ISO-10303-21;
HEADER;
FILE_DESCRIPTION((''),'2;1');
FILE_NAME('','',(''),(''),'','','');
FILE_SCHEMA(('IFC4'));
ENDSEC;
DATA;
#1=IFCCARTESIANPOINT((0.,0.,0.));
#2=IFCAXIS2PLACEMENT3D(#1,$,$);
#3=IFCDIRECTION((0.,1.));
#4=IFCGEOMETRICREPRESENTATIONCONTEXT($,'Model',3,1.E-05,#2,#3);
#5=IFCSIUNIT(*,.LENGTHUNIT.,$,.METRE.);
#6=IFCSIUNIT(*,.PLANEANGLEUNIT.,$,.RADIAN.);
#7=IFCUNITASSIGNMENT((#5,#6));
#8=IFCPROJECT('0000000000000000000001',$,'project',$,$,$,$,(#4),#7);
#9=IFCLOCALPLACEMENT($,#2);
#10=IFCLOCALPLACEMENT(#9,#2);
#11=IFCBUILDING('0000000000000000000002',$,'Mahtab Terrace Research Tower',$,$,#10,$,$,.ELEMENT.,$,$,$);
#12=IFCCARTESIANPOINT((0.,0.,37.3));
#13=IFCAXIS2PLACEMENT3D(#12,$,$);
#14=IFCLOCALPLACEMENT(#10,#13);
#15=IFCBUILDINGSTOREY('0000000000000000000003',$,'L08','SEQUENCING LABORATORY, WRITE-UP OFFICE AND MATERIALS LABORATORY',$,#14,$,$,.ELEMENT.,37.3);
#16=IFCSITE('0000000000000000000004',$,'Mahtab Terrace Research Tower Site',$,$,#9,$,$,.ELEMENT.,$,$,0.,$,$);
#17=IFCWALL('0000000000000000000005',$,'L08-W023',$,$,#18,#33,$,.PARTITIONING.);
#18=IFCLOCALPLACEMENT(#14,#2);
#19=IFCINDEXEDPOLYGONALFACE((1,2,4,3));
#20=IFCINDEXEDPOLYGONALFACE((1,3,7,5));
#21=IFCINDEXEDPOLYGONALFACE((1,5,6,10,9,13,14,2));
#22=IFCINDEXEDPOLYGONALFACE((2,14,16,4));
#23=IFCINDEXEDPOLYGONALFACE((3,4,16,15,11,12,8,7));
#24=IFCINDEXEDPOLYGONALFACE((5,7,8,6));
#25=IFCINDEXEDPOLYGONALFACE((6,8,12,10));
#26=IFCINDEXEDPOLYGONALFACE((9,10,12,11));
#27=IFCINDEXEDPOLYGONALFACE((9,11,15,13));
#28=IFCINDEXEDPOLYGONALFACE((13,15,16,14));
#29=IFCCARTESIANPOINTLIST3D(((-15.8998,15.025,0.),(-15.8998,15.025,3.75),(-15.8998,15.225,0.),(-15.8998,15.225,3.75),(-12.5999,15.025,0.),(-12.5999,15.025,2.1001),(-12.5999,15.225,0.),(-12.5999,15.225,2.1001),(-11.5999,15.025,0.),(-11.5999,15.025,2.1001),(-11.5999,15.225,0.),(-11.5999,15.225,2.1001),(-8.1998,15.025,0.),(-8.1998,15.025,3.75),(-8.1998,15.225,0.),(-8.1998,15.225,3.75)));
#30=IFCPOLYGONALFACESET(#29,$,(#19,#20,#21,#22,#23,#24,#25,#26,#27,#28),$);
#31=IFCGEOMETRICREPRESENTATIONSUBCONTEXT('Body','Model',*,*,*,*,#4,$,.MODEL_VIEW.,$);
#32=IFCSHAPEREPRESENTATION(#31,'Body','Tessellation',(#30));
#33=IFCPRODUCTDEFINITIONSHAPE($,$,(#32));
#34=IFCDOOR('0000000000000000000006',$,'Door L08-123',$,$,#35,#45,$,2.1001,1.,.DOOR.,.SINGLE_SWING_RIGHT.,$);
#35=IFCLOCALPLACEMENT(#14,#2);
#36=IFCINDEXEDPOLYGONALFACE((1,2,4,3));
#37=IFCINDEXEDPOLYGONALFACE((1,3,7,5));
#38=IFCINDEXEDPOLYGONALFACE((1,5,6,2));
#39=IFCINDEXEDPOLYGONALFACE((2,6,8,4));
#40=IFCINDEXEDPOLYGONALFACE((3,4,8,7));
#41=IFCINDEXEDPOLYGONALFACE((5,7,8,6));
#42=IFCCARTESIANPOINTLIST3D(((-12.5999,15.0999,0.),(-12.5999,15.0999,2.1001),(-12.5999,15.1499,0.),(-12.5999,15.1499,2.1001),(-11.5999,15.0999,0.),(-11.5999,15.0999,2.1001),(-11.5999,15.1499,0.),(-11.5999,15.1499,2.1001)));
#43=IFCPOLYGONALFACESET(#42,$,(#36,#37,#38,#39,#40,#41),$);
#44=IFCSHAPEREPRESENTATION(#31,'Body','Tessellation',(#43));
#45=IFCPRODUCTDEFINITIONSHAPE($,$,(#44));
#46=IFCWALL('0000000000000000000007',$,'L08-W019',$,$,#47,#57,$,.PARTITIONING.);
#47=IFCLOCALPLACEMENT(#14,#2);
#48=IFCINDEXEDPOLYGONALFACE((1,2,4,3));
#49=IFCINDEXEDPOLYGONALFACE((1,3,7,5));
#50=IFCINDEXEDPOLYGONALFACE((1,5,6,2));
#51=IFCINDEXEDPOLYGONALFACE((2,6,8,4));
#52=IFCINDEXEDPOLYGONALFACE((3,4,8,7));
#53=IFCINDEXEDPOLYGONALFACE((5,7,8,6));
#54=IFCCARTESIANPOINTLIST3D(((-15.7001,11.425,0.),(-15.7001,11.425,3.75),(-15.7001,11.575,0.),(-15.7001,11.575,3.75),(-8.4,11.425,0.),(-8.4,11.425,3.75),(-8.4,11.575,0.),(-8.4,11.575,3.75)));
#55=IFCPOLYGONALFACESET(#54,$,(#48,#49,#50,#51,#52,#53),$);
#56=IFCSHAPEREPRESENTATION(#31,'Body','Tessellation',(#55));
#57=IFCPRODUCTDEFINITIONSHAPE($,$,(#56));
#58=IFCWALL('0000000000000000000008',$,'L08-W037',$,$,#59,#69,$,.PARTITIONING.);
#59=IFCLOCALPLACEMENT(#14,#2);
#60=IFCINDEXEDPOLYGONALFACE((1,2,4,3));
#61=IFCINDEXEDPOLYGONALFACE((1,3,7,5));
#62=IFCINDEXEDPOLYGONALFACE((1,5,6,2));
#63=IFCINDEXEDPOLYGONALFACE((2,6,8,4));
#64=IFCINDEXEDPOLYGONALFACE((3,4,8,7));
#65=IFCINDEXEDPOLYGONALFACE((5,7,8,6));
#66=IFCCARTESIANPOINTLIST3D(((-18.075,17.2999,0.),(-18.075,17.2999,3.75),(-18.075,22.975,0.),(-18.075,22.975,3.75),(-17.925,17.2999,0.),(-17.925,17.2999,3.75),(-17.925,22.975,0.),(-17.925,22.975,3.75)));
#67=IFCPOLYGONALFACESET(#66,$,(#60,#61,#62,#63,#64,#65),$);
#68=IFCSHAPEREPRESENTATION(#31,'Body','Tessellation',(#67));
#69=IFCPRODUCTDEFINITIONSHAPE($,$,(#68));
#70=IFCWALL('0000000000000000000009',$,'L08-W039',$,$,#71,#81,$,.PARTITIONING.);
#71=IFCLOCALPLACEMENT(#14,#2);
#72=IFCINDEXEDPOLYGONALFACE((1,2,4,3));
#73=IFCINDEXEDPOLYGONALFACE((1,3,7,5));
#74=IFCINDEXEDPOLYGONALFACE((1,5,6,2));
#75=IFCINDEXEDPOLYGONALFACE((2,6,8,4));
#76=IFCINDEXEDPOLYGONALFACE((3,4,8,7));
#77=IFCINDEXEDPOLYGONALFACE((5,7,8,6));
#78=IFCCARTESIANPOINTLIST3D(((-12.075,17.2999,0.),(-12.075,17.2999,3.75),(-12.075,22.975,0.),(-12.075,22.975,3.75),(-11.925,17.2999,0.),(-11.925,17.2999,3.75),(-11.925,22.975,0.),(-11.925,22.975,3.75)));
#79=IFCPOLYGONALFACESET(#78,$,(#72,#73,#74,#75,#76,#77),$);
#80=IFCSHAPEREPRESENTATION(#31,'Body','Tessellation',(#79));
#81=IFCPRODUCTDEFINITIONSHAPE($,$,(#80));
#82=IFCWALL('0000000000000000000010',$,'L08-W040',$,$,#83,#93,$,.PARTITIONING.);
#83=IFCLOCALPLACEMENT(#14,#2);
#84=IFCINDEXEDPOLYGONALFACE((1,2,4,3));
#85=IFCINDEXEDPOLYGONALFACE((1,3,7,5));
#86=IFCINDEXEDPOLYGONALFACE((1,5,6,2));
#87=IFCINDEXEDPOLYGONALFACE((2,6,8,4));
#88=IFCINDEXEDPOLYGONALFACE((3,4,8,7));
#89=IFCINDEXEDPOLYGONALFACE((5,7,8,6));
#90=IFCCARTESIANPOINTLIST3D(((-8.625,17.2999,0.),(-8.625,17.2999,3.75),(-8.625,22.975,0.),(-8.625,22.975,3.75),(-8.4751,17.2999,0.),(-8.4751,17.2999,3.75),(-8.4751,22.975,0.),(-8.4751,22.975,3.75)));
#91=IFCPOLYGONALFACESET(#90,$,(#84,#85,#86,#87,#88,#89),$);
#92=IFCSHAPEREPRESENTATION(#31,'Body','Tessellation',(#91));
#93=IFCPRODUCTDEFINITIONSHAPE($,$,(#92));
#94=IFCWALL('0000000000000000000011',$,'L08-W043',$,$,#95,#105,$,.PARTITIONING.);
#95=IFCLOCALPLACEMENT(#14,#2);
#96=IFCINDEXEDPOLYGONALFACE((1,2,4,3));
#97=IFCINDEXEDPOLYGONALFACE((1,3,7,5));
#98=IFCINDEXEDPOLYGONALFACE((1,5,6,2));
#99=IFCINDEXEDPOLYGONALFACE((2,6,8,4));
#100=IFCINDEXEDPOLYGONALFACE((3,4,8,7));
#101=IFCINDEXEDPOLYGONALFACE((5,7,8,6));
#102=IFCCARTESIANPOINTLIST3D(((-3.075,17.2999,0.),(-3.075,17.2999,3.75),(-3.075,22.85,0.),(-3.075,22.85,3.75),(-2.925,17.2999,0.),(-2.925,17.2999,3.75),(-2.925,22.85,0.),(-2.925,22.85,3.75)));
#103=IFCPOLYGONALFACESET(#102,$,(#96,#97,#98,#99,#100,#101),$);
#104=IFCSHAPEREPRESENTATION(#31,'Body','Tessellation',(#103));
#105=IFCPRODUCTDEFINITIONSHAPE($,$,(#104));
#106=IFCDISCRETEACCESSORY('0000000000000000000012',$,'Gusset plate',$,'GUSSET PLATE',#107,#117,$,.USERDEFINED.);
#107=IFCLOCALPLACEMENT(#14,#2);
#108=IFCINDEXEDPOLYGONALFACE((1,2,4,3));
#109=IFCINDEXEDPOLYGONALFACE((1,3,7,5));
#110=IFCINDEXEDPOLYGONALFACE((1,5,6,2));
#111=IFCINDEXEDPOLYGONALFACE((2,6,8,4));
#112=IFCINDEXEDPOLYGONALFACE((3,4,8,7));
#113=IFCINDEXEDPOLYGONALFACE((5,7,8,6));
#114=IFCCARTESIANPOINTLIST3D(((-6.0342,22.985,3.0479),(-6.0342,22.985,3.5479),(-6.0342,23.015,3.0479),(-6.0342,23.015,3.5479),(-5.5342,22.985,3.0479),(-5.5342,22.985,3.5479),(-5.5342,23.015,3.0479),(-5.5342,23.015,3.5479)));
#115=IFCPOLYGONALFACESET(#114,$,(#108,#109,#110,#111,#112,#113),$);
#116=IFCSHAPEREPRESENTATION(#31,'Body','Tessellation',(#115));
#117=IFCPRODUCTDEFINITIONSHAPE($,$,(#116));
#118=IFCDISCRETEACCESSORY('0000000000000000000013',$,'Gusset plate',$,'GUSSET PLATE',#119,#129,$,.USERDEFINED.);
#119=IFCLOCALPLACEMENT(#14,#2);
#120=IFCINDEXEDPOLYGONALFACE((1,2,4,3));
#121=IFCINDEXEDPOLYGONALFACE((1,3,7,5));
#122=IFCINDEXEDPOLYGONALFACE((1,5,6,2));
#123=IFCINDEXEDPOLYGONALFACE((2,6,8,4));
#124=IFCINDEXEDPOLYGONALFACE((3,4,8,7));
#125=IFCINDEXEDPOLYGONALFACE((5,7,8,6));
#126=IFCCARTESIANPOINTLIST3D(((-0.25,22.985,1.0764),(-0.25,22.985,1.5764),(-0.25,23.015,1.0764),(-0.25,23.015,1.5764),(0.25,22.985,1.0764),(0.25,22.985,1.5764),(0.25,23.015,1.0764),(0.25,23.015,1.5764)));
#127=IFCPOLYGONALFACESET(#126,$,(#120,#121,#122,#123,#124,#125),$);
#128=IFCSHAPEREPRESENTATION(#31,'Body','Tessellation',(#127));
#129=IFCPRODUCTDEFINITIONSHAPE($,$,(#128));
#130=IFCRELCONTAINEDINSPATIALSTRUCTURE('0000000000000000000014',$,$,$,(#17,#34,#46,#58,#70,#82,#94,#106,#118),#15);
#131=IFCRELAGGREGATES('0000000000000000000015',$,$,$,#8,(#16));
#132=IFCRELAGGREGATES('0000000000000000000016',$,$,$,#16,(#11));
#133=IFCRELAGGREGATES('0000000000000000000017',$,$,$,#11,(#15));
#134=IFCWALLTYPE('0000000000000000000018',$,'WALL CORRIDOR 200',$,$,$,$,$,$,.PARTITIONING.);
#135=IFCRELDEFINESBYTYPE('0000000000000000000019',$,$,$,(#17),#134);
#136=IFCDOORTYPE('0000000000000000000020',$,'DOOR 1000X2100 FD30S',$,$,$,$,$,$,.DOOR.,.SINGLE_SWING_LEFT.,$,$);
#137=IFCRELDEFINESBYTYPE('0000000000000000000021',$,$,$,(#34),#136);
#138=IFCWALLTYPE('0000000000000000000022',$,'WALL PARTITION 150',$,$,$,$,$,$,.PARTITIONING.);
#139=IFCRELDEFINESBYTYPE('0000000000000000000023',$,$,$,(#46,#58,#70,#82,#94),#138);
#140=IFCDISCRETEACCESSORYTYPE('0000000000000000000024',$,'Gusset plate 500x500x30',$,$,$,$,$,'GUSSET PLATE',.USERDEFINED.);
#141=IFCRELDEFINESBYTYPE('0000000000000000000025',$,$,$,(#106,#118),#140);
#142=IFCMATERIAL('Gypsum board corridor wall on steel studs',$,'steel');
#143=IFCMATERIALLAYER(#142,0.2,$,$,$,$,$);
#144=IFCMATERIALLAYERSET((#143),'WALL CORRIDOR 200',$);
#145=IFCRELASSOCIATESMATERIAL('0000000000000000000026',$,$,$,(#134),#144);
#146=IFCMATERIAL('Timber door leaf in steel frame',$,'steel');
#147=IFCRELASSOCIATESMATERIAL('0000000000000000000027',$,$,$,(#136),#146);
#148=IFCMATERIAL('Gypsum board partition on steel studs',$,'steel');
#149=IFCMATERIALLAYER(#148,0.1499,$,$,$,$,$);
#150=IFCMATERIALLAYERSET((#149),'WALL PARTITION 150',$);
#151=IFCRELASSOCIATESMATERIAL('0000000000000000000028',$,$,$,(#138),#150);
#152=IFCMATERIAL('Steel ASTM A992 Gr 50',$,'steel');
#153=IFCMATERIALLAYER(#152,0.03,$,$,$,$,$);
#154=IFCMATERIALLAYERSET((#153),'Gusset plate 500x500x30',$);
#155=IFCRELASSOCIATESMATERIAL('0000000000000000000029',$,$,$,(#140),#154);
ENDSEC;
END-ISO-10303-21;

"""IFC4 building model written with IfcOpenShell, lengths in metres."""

from ifc_helpers import new_model, si_unit, direction, frame, frame_2d, origin, origin_2d, place, context, subcontext, project, spatial, rectangle, extrude, material, layer, layer_set, type_object, element, fill, save


model = new_model("IFC4")

# Units and contexts
model_context = context("Model", 3, precision=1e-05, world=origin(), true_north=direction((0.0, 1.0)))
body_context = subcontext(model_context, "Body", "Model", "MODEL_VIEW")
ifc_project = project(units=[si_unit("LENGTHUNIT", "METRE"), si_unit("PLANEANGLEUNIT", "RADIAN")], contexts=[model_context])

# Site, building, storey
site_placement = place(None, origin())
site = spatial("IfcSite", under=ifc_project, at=site_placement, Name="Mahtab Terrace Research Tower Site", CompositionType="ELEMENT", RefElevation=0.0)
building_placement = place(site_placement, origin())
building = spatial("IfcBuilding", under=site, at=building_placement, Name="Mahtab Terrace Research Tower", CompositionType="ELEMENT")
storey_placement = place(building_placement, frame((0.0, 0.0, 37.3)))
storey = spatial("IfcBuildingStorey", under=building, at=storey_placement, Name="L08", Description="SEQUENCING LABORATORY, WRITE-UP OFFICE AND MATERIALS LABORATORY", CompositionType="ELEMENT", Elevation=37.3)

# Shared definitions
ifc_material_1 = material(Name="Steel ASTM A992 Gr 50", Category="steel")

# Wall, opening, door
ifc_material_2 = material(Name="Gypsum board corridor wall on steel studs", Category="steel")
ifc_layer_1 = layer(ifc_material_2, 0.2)
ifc_layer_set_1 = layer_set([ifc_layer_1], Name="WALL CORRIDOR 200")
wall_type_1 = type_object("IfcWallType", Name="WALL CORRIDOR 200", PredefinedType="PARTITIONING", material=ifc_layer_set_1)
wall_1_placement = place(storey_placement, frame((-15.8999, 15.125, 0.0), z_axis=(0.0, 0.0, 1.0), x_axis=(1.0, 0.0, 0.0)))
wall_1 = element("IfcWall", 1, at=wall_1_placement, inside=storey, type_object=wall_type_1, Name="L08-W023", PredefinedType="PARTITIONING", context=body_context, shape_type="SweptSolid", body=[
    extrude(rectangle(XDim=7.7, YDim=0.2, at=frame_2d((3.8501, 0.0))), origin(), (0.0, 0.0, 1.0), 3.75),
])
opening_1_placement = place(wall_1_placement, frame((3.3, 0.0, 0.0)))
opening_1 = element("IfcOpeningElement", 2, at=opening_1_placement, cuts=wall_1, PredefinedType="OPENING", context=body_context, shape_type="SweptSolid", body=[
    extrude(rectangle(XDim=1.0, YDim=2.1001, at=frame_2d((0.5, 1.05))), frame((0.0, 0.1099, 0.0), z_axis=(0.0, -1.0, 0.0), x_axis=(1.0, 0.0, 0.0)), (0.0, 0.0, 1.0), 0.22),
])
ifc_material_3 = material(Name="Timber door leaf in steel frame", Category="steel")
door_type_1 = type_object("IfcDoorType", Name="DOOR 1000X2100 FD30S", OperationType="SINGLE_SWING_LEFT", PredefinedType="DOOR", material=ifc_material_3)
door_1_placement = place(opening_1_placement, origin())
door_1 = element("IfcDoor", 3, at=door_1_placement, inside=storey, type_object=door_type_1, Name="Door L08-123", OperationType="SINGLE_SWING_RIGHT", OverallHeight=2.1001, OverallWidth=1.0, PredefinedType="DOOR", context=body_context, shape_type="SweptSolid", body=[
    extrude(rectangle(XDim=1.0, YDim=2.1001, at=frame_2d((0.5, 1.05))), frame((0.0, 0.0249, 0.0), z_axis=(0.0, -1.0, 0.0), x_axis=(1.0, 0.0, 0.0)), (0.0, 0.0, 1.0), 0.05),
])
fill(opening_1, door_1)

# Walls
ifc_material_4 = material(Name="Gypsum board partition on steel studs", Category="steel")
ifc_layer_2 = layer(ifc_material_4, 0.1499)
ifc_layer_set_2 = layer_set([ifc_layer_2], Name="WALL PARTITION 150")
wall_type_2 = type_object("IfcWallType", Name="WALL PARTITION 150", PredefinedType="PARTITIONING", material=ifc_layer_set_2)
wall_2_placement = place(storey_placement, frame((-15.7, 11.5, 0.0), z_axis=(0.0, 0.0, 1.0), x_axis=(1.0, 0.0, 0.0)))
element("IfcWall", 4, at=wall_2_placement, inside=storey, type_object=wall_type_2, Name="L08-W019", PredefinedType="PARTITIONING", context=body_context, shape_type="SweptSolid", body=[
    extrude(rectangle(XDim=7.3, YDim=0.1499, at=frame_2d((3.6499, 0.0))), origin(), (0.0, 0.0, 1.0), 3.75),
])
for number, where, z_axis, x_axis, name in (
    (5, (-18.0, 17.3, 0.0), (0.0, 0.0, 1.0), (0.0, 1.0, 0.0), "L08-W037"),
    (6, (-12.0, 17.3, 0.0), (0.0, 0.0, 1.0), (0.0, 1.0, 0.0), "L08-W039"),
    (7, (-8.55, 17.3, 0.0), (0.0, 0.0, 1.0), (0.0, 1.0, 0.0), "L08-W040"),
):
    element("IfcWall", number, at=place(storey_placement, frame(where, z_axis=z_axis, x_axis=x_axis)), inside=storey, type_object=wall_type_2, Name=name, PredefinedType="PARTITIONING", context=body_context, shape_type="SweptSolid", body=[
        extrude(rectangle(XDim=5.675, YDim=0.1499, at=frame_2d((2.8374, 0.0))), origin(), (0.0, 0.0, 1.0), 3.75),
    ])
wall_3_placement = place(storey_placement, frame((-3.0, 17.3, 0.0), z_axis=(0.0, 0.0, 1.0), x_axis=(0.0, 1.0, 0.0)))
element("IfcWall", 8, at=wall_3_placement, inside=storey, type_object=wall_type_2, Name="L08-W043", PredefinedType="PARTITIONING", context=body_context, shape_type="SweptSolid", body=[
    extrude(rectangle(XDim=5.55, YDim=0.1499, at=frame_2d((2.7749, 0.0))), origin(), (0.0, 0.0, 1.0), 3.75),
])

# Discrete accessories
ifc_layer_3 = layer(ifc_material_1, 0.03)
ifc_layer_set_3 = layer_set([ifc_layer_3], Name="Gusset plate 500x500x30")
discrete_accessory_type = type_object("IfcDiscreteAccessoryType", Name="Gusset plate 500x500x30", ElementType="GUSSET PLATE", PredefinedType="USERDEFINED", material=ifc_layer_set_3)
for number, where, z_axis, x_axis, name in (
    (9, (-5.7842, 23.0, 3.0479), (0.0, 0.0, 1.0), (1.0, 0.0, 0.0), "Gusset plate"),
    (10, (0.0, 23.0, 1.0764), (0.0, 0.0, 1.0), (1.0, 0.0, 0.0), "Gusset plate"),
):
    element("IfcDiscreteAccessory", number, at=place(storey_placement, frame(where, z_axis=z_axis, x_axis=x_axis)), inside=storey, type_object=discrete_accessory_type, Name=name, ObjectType="GUSSET PLATE", PredefinedType="USERDEFINED", context=body_context, shape_type="SweptSolid", body=[
        extrude(rectangle(XDim=0.5, YDim=0.03, at=origin_2d()), origin(), (0.0, 0.0, 1.0), 0.5),
    ])

save(model, "model.ifc")
